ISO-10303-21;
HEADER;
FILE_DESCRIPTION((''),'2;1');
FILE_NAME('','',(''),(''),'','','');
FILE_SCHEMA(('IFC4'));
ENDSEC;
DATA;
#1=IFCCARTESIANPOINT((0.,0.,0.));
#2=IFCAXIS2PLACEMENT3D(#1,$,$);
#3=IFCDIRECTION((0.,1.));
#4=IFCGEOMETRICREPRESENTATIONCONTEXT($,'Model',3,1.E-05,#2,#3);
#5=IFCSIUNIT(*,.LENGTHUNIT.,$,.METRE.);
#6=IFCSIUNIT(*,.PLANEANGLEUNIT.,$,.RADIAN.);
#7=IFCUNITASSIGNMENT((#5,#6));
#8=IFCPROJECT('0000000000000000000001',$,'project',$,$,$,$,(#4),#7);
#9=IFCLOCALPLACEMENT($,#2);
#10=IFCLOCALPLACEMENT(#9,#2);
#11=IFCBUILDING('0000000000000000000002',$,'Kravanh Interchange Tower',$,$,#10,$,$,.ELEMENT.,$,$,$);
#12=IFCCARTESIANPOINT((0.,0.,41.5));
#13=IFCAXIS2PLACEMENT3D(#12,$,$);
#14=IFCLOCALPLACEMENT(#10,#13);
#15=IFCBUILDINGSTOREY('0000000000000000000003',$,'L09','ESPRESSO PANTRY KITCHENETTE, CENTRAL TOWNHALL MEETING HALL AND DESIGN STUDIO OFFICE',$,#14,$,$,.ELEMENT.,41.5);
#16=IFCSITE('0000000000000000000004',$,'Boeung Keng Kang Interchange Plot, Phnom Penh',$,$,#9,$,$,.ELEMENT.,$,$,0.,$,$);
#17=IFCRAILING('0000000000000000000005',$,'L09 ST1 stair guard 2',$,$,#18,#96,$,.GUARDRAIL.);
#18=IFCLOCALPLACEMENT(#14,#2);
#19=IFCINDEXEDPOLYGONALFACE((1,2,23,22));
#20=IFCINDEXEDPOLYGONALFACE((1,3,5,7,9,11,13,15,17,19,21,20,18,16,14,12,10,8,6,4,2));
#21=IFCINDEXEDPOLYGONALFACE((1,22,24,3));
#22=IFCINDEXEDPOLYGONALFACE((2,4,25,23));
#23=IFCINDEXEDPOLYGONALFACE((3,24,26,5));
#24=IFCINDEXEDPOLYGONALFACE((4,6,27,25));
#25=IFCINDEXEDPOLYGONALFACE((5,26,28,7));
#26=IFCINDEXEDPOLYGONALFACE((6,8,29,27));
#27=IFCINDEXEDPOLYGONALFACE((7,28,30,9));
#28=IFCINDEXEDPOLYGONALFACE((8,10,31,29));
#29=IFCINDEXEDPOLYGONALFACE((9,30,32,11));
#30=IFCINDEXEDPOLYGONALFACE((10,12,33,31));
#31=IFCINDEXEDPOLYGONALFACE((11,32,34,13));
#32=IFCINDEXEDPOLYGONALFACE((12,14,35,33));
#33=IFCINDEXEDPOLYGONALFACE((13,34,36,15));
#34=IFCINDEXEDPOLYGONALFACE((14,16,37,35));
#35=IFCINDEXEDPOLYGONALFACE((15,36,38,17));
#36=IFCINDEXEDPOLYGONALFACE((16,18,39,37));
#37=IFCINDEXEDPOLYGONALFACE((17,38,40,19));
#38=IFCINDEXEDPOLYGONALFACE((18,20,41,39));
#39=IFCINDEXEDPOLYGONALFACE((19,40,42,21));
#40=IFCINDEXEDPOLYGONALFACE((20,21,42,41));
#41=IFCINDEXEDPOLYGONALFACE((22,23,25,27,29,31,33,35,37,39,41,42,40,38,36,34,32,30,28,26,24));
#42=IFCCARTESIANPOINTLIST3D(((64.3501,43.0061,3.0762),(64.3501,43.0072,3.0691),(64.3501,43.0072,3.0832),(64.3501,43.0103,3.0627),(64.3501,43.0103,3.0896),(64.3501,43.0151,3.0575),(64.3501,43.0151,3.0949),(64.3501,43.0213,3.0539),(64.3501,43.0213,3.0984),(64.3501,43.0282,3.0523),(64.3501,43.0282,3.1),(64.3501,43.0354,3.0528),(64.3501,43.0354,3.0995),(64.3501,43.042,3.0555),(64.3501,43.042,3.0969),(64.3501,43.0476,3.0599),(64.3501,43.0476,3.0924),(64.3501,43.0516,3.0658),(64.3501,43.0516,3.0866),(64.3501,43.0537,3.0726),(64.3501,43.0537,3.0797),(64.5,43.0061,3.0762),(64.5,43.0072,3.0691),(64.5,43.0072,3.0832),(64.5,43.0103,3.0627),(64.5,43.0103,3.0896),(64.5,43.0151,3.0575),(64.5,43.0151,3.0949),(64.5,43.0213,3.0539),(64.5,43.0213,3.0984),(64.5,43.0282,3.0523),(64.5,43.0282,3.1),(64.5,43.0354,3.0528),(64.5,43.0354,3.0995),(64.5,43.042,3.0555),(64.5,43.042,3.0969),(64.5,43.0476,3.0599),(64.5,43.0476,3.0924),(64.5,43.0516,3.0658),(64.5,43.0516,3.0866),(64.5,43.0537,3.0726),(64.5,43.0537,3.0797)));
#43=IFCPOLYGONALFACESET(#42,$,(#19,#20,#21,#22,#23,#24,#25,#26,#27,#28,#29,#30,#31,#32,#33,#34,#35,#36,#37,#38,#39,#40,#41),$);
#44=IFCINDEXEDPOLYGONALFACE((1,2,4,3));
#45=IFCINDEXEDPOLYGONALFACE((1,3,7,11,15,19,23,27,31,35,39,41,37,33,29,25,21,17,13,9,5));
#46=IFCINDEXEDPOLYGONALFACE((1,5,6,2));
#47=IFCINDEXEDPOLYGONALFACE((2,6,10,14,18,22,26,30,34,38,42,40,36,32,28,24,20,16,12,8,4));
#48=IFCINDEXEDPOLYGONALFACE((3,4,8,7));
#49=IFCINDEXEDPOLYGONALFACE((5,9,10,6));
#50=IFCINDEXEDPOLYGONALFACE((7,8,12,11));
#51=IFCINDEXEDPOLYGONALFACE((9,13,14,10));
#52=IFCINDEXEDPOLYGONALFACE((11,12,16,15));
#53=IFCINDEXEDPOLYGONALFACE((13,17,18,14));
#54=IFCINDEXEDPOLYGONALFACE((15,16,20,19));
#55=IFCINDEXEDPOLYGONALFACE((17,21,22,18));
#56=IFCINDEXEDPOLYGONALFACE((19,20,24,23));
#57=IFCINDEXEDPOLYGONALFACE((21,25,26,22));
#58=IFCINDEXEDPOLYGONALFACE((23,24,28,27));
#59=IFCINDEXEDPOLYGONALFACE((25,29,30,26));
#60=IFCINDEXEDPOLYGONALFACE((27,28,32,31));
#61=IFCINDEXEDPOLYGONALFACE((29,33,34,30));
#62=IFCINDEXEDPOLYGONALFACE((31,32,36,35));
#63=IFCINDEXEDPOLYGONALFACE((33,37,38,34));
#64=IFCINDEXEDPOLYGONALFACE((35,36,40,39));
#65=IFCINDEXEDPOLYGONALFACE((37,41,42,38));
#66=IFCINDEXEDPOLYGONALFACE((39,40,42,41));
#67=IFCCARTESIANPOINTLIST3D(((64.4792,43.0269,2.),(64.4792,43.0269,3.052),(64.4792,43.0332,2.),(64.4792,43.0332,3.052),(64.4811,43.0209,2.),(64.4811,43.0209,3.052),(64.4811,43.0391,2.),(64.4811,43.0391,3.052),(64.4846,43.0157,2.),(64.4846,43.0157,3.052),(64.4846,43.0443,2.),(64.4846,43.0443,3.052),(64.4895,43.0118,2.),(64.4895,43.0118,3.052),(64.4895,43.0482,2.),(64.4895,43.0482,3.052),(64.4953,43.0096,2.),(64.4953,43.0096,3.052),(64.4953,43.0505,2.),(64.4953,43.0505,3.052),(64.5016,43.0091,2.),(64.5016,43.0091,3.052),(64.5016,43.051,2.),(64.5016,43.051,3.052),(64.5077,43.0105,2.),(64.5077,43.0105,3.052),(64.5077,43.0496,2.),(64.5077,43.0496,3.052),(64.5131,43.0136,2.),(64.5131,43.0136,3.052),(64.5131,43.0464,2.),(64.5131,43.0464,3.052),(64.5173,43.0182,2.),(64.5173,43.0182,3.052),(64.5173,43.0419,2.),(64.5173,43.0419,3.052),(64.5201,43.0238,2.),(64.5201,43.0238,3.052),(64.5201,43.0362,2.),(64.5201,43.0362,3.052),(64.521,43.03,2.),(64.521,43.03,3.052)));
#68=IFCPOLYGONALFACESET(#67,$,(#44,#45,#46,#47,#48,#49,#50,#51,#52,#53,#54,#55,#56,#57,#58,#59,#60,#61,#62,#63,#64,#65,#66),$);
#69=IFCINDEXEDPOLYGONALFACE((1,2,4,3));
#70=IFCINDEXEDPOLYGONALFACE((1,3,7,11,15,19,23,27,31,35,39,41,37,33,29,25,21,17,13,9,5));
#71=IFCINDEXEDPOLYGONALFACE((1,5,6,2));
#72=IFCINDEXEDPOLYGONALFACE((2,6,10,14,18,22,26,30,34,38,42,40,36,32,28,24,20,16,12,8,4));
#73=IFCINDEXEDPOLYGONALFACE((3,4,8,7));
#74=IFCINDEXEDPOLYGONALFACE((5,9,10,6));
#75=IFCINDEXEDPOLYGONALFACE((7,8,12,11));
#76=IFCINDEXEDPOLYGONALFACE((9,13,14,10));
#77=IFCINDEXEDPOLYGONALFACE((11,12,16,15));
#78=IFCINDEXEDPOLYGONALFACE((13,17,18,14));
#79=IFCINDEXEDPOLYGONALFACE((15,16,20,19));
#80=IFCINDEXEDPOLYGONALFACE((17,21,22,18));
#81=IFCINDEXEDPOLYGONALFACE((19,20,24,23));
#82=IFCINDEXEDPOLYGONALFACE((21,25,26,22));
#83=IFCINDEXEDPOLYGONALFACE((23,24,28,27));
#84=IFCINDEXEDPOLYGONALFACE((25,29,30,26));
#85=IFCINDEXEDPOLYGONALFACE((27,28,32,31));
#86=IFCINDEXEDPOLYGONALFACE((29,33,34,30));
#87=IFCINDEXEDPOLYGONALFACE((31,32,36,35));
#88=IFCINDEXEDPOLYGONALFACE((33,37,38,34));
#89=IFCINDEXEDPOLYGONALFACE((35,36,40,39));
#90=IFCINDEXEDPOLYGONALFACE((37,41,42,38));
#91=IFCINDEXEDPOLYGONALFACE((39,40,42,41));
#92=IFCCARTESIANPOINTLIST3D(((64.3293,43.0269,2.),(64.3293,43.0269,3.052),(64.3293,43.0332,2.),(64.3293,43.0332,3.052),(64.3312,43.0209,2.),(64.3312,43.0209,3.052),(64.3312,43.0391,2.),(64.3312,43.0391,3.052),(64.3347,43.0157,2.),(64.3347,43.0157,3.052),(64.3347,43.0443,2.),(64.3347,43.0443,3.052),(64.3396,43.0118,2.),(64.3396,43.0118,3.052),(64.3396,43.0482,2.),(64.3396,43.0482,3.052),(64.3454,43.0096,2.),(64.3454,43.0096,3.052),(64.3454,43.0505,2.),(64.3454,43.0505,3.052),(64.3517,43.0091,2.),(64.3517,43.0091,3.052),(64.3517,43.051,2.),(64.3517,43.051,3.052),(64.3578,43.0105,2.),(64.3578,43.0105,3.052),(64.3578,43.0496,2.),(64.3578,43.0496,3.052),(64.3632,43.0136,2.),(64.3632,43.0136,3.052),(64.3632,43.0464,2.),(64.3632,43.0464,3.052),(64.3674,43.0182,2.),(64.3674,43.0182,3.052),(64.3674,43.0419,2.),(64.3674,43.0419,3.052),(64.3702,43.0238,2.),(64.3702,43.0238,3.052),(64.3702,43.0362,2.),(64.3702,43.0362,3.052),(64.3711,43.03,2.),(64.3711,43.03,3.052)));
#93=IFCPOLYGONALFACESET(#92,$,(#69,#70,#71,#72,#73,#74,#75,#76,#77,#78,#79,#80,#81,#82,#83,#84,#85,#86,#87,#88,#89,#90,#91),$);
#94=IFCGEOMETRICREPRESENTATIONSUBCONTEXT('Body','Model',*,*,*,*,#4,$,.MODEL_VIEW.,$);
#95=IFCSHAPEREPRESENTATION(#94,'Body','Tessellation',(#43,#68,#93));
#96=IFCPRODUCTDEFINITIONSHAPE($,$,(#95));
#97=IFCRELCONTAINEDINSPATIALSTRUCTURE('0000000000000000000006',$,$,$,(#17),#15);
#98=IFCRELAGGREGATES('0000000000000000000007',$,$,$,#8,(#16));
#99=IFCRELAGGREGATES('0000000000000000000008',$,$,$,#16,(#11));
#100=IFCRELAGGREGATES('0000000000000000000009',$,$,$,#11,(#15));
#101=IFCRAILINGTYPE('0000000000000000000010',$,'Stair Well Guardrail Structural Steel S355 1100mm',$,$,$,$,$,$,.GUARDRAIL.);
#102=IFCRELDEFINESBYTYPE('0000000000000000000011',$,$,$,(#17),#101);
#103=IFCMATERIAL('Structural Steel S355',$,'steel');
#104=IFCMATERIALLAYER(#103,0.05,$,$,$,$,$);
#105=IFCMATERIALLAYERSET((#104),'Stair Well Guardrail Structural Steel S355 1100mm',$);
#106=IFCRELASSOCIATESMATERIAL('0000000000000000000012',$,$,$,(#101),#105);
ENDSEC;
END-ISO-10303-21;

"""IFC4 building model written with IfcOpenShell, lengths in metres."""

from ifc_helpers import new_model, si_unit, direction, frame, origin, origin_2d, place, context, subcontext, project, spatial, circle, extrude, material, layer, layer_set, type_object, element, save


model = new_model("IFC4")

# Units and contexts
model_context = context("Model", 3, precision=1e-05, world=origin(), true_north=direction((0.0, 1.0)))
body_context = subcontext(model_context, "Body", "Model", "MODEL_VIEW")
ifc_project = project(units=[si_unit("LENGTHUNIT", "METRE"), si_unit("PLANEANGLEUNIT", "RADIAN")], contexts=[model_context])

# Site, building, storey
site_placement = place(None, origin())
site = spatial("IfcSite", under=ifc_project, at=site_placement, Name="Boeung Keng Kang Interchange Plot, Phnom Penh", CompositionType="ELEMENT", RefElevation=0.0)
building_placement = place(site_placement, origin())
building = spatial("IfcBuilding", under=site, at=building_placement, Name="Kravanh Interchange Tower", CompositionType="ELEMENT")
storey_placement = place(building_placement, frame((0.0, 0.0, 41.5)))
storey = spatial("IfcBuildingStorey", under=building, at=storey_placement, Name="L09", Description="ESPRESSO PANTRY KITCHENETTE, CENTRAL TOWNHALL MEETING HALL AND DESIGN STUDIO OFFICE", CompositionType="ELEMENT", Elevation=41.5)

# Railing
ifc_material_1 = material(Name="Structural Steel S355", Category="steel")
ifc_layer_1 = layer(ifc_material_1, 0.05)
ifc_layer_set_1 = layer_set([ifc_layer_1], Name="Stair Well Guardrail Structural Steel S355 1100mm")
railing_type_1 = type_object("IfcRailingType", Name="Stair Well Guardrail Structural Steel S355 1100mm", PredefinedType="GUARDRAIL", material=ifc_layer_set_1)
railing_1_placement = place(storey_placement, frame((64.5, 43.03, 2.0)))
element("IfcRailing", 1, at=railing_1_placement, inside=storey, type_object=railing_type_1, Name="L09 ST1 stair guard 2", PredefinedType="GUARDRAIL", context=body_context, shape_type="SweptSolid", body=[
    extrude(circle(Radius=0.0239, at=origin_2d()), frame((0.0, 0.0, 1.0762), z_axis=(-1.0, 0.0, 0.0), x_axis=(0.0, -1.0, 0.0)), (0.0, 0.0, 1.0), 0.1499),
    extrude(circle(Radius=0.021, at=origin_2d()), origin(), (0.0, 0.0, 1.0), 1.052),
    extrude(circle(Radius=0.021, at=origin_2d()), frame((-0.1499, 0.0, 0.0)), (0.0, 0.0, 1.0), 1.052),
])

save(model, "model.ifc")
